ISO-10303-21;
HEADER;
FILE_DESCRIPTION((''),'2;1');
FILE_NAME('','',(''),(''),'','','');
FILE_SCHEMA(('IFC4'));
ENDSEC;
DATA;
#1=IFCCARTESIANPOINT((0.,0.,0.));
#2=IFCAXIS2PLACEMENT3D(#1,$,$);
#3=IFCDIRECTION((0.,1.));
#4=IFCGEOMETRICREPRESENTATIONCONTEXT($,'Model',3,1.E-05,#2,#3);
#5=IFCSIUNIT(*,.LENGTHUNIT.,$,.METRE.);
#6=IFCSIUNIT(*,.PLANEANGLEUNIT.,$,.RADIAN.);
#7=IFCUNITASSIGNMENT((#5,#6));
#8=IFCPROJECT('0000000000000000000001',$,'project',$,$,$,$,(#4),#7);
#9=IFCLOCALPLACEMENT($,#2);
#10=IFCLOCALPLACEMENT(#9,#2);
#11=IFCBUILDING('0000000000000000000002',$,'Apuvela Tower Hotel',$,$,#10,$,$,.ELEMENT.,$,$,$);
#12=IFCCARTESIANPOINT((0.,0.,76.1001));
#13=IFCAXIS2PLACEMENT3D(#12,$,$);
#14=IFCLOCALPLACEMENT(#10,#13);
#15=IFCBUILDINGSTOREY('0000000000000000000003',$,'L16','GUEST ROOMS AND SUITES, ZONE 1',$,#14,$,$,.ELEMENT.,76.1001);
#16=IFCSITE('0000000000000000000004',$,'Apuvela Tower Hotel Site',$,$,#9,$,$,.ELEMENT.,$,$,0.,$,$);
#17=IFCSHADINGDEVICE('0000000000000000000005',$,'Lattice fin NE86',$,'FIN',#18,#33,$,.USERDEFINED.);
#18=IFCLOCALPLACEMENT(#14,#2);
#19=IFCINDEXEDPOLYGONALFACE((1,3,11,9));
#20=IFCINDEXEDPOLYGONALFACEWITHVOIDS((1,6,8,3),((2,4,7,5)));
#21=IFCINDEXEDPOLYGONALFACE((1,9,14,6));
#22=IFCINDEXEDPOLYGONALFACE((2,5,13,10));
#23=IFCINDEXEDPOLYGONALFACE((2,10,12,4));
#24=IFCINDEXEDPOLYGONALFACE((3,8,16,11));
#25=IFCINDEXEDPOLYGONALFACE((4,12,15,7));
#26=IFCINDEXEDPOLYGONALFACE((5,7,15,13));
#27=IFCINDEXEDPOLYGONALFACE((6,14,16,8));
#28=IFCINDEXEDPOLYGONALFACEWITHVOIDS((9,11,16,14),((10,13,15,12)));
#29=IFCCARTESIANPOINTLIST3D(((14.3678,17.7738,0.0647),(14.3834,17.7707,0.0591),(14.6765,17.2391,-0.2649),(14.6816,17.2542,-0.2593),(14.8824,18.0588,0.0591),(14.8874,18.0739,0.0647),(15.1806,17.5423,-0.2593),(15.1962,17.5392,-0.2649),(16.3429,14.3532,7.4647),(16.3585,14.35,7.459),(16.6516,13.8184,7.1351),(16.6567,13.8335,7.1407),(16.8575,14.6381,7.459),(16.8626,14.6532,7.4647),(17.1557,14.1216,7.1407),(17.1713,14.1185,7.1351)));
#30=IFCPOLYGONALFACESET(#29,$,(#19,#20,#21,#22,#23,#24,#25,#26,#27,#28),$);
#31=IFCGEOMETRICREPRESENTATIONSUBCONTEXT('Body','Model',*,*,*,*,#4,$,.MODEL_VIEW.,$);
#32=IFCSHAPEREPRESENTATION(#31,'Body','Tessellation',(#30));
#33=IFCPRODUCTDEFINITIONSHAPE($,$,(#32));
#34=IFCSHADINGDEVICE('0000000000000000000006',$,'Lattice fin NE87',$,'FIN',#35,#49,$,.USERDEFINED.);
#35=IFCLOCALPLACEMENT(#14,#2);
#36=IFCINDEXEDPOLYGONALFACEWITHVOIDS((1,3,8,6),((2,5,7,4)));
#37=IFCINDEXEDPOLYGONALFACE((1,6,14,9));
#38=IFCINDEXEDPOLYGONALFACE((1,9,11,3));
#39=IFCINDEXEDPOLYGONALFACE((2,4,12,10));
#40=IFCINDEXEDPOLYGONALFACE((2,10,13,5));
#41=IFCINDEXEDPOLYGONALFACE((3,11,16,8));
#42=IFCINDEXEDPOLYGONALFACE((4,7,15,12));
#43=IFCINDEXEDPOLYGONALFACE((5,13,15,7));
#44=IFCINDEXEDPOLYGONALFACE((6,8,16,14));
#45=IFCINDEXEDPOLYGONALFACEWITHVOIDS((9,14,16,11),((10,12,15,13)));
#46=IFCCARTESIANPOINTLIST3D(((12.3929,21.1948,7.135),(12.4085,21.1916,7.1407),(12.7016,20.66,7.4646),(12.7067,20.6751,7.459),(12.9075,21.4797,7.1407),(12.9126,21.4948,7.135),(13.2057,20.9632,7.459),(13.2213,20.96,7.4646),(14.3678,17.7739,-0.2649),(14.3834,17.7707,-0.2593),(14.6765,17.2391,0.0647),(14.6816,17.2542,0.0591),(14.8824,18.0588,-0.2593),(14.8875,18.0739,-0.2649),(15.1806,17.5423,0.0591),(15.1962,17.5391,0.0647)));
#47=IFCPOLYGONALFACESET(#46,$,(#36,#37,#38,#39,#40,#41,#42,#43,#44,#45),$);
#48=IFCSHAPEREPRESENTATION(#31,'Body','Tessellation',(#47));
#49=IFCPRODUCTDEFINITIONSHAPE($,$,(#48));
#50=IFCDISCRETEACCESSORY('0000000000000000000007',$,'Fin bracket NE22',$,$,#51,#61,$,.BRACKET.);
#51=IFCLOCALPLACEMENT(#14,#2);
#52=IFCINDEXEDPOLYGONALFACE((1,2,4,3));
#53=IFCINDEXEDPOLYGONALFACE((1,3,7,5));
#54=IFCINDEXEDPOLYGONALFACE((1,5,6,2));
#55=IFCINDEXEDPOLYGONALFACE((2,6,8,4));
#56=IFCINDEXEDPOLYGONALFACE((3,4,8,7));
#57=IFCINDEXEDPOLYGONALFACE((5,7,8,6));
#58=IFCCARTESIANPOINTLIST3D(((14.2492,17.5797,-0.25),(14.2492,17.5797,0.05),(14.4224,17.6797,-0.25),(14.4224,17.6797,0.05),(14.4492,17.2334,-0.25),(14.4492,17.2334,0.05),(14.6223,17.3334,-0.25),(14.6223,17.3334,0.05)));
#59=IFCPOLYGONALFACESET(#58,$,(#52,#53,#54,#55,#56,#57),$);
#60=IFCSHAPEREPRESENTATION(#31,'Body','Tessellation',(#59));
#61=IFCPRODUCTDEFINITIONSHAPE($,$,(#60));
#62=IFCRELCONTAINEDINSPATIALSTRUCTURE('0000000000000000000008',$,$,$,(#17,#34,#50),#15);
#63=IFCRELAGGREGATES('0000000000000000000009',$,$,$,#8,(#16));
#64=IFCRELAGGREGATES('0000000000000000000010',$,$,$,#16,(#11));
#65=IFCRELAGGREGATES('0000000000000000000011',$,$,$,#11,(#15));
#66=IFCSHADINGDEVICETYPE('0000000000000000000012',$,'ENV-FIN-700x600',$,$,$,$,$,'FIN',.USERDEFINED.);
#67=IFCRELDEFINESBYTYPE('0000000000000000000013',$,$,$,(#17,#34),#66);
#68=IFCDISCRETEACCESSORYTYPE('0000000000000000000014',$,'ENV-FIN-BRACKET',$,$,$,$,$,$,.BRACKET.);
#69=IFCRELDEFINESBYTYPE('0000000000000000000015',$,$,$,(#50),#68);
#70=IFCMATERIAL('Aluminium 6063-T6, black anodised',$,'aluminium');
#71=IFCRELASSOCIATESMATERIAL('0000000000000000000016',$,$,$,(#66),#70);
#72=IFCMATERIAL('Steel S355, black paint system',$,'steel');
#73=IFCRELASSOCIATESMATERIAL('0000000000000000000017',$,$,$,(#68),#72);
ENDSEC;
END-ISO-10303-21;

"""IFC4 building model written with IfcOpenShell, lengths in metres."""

from ifc_helpers import new_model, si_unit, direction, frame, origin, origin_2d, place, context, subcontext, project, spatial, rectangle, hollow_rectangle, extrude, material, material_profile, profile_set, type_object, element, save


model = new_model("IFC4")

# Units and contexts
model_context = context("Model", 3, precision=1e-05, world=origin(), true_north=direction((0.0, 1.0)))
body_context = subcontext(model_context, "Body", "Model", "MODEL_VIEW")
ifc_project = project(units=[si_unit("LENGTHUNIT", "METRE"), si_unit("PLANEANGLEUNIT", "RADIAN")], contexts=[model_context])

# Site, building, storey
site_placement = place(None, origin())
site = spatial("IfcSite", under=ifc_project, at=site_placement, Name="Apuvela Tower Hotel Site", CompositionType="ELEMENT", RefElevation=0.0)
building_placement = place(site_placement, origin())
building = spatial("IfcBuilding", under=site, at=building_placement, Name="Apuvela Tower Hotel", CompositionType="ELEMENT")
storey_placement = place(building_placement, frame((0.0, 0.0, 76.1001)))
storey = spatial("IfcBuildingStorey", under=building, at=storey_placement, Name="L16", Description="GUEST ROOMS AND SUITES, ZONE 1", CompositionType="ELEMENT", Elevation=76.1001)

# Shading devices
ifc_material_1 = material(Name="Aluminium 6063-T6, black anodised", Category="aluminium")
ifc_material_profile_1 = material_profile(ifc_material_1, hollow_rectangle(XDim=0.6001, YDim=0.7, WallThickness=0.012, at=origin_2d()), Name="AL BOX 700x600x12")
ifc_profile_set_1 = profile_set([ifc_material_profile_1], Name="Aluminium 6063-T6, black anodised")
shading_device_type = type_object("IfcShadingDeviceType", Name="ENV-FIN-700x600", ElementType="FIN", PredefinedType="USERDEFINED", material=ifc_profile_set_1)
for number, where, z_axis, x_axis, name in (
    (1, (14.782, 17.6565, -0.1001), (0.235464, -0.407798, 0.882189), (0.866005, 0.500035, 0.0), "Lattice fin NE86"),
    (2, (14.782, 17.6565, -0.1001), (-0.235434, 0.407825, 0.882185), (-0.866048, -0.499961, 0.0), "Lattice fin NE87"),
):
    element("IfcShadingDevice", number, at=place(storey_placement, frame(where, z_axis=z_axis, x_axis=x_axis)), inside=storey, type_object=shading_device_type, Name=name, ObjectType="FIN", PredefinedType="USERDEFINED", context=body_context, shape_type="SweptSolid", body=[
        extrude(hollow_rectangle(XDim=0.6001, YDim=0.7, WallThickness=0.012, at=origin_2d()), origin(), (0.0, 0.0, 1.0), 8.3882),
    ])

# Discrete accessory
ifc_material_2 = material(Name="Steel S355, black paint system", Category="steel")
discrete_accessory_type = type_object("IfcDiscreteAccessoryType", Name="ENV-FIN-BRACKET", PredefinedType="BRACKET", material=ifc_material_2)
discrete_accessory_placement = place(storey_placement, frame((14.4358, 17.4565, -0.25), z_axis=(0.0, 0.0, 1.0), x_axis=(-0.5, 0.866025, 0.0)))
element("IfcDiscreteAccessory", 3, at=discrete_accessory_placement, inside=storey, type_object=discrete_accessory_type, Name="Fin bracket NE22", PredefinedType="BRACKET", context=body_context, shape_type="SweptSolid", body=[
    extrude(rectangle(XDim=0.3999, YDim=0.2, at=origin_2d()), origin(), (0.0, 0.0, 1.0), 0.3),
])

save(model, "model.ifc")
